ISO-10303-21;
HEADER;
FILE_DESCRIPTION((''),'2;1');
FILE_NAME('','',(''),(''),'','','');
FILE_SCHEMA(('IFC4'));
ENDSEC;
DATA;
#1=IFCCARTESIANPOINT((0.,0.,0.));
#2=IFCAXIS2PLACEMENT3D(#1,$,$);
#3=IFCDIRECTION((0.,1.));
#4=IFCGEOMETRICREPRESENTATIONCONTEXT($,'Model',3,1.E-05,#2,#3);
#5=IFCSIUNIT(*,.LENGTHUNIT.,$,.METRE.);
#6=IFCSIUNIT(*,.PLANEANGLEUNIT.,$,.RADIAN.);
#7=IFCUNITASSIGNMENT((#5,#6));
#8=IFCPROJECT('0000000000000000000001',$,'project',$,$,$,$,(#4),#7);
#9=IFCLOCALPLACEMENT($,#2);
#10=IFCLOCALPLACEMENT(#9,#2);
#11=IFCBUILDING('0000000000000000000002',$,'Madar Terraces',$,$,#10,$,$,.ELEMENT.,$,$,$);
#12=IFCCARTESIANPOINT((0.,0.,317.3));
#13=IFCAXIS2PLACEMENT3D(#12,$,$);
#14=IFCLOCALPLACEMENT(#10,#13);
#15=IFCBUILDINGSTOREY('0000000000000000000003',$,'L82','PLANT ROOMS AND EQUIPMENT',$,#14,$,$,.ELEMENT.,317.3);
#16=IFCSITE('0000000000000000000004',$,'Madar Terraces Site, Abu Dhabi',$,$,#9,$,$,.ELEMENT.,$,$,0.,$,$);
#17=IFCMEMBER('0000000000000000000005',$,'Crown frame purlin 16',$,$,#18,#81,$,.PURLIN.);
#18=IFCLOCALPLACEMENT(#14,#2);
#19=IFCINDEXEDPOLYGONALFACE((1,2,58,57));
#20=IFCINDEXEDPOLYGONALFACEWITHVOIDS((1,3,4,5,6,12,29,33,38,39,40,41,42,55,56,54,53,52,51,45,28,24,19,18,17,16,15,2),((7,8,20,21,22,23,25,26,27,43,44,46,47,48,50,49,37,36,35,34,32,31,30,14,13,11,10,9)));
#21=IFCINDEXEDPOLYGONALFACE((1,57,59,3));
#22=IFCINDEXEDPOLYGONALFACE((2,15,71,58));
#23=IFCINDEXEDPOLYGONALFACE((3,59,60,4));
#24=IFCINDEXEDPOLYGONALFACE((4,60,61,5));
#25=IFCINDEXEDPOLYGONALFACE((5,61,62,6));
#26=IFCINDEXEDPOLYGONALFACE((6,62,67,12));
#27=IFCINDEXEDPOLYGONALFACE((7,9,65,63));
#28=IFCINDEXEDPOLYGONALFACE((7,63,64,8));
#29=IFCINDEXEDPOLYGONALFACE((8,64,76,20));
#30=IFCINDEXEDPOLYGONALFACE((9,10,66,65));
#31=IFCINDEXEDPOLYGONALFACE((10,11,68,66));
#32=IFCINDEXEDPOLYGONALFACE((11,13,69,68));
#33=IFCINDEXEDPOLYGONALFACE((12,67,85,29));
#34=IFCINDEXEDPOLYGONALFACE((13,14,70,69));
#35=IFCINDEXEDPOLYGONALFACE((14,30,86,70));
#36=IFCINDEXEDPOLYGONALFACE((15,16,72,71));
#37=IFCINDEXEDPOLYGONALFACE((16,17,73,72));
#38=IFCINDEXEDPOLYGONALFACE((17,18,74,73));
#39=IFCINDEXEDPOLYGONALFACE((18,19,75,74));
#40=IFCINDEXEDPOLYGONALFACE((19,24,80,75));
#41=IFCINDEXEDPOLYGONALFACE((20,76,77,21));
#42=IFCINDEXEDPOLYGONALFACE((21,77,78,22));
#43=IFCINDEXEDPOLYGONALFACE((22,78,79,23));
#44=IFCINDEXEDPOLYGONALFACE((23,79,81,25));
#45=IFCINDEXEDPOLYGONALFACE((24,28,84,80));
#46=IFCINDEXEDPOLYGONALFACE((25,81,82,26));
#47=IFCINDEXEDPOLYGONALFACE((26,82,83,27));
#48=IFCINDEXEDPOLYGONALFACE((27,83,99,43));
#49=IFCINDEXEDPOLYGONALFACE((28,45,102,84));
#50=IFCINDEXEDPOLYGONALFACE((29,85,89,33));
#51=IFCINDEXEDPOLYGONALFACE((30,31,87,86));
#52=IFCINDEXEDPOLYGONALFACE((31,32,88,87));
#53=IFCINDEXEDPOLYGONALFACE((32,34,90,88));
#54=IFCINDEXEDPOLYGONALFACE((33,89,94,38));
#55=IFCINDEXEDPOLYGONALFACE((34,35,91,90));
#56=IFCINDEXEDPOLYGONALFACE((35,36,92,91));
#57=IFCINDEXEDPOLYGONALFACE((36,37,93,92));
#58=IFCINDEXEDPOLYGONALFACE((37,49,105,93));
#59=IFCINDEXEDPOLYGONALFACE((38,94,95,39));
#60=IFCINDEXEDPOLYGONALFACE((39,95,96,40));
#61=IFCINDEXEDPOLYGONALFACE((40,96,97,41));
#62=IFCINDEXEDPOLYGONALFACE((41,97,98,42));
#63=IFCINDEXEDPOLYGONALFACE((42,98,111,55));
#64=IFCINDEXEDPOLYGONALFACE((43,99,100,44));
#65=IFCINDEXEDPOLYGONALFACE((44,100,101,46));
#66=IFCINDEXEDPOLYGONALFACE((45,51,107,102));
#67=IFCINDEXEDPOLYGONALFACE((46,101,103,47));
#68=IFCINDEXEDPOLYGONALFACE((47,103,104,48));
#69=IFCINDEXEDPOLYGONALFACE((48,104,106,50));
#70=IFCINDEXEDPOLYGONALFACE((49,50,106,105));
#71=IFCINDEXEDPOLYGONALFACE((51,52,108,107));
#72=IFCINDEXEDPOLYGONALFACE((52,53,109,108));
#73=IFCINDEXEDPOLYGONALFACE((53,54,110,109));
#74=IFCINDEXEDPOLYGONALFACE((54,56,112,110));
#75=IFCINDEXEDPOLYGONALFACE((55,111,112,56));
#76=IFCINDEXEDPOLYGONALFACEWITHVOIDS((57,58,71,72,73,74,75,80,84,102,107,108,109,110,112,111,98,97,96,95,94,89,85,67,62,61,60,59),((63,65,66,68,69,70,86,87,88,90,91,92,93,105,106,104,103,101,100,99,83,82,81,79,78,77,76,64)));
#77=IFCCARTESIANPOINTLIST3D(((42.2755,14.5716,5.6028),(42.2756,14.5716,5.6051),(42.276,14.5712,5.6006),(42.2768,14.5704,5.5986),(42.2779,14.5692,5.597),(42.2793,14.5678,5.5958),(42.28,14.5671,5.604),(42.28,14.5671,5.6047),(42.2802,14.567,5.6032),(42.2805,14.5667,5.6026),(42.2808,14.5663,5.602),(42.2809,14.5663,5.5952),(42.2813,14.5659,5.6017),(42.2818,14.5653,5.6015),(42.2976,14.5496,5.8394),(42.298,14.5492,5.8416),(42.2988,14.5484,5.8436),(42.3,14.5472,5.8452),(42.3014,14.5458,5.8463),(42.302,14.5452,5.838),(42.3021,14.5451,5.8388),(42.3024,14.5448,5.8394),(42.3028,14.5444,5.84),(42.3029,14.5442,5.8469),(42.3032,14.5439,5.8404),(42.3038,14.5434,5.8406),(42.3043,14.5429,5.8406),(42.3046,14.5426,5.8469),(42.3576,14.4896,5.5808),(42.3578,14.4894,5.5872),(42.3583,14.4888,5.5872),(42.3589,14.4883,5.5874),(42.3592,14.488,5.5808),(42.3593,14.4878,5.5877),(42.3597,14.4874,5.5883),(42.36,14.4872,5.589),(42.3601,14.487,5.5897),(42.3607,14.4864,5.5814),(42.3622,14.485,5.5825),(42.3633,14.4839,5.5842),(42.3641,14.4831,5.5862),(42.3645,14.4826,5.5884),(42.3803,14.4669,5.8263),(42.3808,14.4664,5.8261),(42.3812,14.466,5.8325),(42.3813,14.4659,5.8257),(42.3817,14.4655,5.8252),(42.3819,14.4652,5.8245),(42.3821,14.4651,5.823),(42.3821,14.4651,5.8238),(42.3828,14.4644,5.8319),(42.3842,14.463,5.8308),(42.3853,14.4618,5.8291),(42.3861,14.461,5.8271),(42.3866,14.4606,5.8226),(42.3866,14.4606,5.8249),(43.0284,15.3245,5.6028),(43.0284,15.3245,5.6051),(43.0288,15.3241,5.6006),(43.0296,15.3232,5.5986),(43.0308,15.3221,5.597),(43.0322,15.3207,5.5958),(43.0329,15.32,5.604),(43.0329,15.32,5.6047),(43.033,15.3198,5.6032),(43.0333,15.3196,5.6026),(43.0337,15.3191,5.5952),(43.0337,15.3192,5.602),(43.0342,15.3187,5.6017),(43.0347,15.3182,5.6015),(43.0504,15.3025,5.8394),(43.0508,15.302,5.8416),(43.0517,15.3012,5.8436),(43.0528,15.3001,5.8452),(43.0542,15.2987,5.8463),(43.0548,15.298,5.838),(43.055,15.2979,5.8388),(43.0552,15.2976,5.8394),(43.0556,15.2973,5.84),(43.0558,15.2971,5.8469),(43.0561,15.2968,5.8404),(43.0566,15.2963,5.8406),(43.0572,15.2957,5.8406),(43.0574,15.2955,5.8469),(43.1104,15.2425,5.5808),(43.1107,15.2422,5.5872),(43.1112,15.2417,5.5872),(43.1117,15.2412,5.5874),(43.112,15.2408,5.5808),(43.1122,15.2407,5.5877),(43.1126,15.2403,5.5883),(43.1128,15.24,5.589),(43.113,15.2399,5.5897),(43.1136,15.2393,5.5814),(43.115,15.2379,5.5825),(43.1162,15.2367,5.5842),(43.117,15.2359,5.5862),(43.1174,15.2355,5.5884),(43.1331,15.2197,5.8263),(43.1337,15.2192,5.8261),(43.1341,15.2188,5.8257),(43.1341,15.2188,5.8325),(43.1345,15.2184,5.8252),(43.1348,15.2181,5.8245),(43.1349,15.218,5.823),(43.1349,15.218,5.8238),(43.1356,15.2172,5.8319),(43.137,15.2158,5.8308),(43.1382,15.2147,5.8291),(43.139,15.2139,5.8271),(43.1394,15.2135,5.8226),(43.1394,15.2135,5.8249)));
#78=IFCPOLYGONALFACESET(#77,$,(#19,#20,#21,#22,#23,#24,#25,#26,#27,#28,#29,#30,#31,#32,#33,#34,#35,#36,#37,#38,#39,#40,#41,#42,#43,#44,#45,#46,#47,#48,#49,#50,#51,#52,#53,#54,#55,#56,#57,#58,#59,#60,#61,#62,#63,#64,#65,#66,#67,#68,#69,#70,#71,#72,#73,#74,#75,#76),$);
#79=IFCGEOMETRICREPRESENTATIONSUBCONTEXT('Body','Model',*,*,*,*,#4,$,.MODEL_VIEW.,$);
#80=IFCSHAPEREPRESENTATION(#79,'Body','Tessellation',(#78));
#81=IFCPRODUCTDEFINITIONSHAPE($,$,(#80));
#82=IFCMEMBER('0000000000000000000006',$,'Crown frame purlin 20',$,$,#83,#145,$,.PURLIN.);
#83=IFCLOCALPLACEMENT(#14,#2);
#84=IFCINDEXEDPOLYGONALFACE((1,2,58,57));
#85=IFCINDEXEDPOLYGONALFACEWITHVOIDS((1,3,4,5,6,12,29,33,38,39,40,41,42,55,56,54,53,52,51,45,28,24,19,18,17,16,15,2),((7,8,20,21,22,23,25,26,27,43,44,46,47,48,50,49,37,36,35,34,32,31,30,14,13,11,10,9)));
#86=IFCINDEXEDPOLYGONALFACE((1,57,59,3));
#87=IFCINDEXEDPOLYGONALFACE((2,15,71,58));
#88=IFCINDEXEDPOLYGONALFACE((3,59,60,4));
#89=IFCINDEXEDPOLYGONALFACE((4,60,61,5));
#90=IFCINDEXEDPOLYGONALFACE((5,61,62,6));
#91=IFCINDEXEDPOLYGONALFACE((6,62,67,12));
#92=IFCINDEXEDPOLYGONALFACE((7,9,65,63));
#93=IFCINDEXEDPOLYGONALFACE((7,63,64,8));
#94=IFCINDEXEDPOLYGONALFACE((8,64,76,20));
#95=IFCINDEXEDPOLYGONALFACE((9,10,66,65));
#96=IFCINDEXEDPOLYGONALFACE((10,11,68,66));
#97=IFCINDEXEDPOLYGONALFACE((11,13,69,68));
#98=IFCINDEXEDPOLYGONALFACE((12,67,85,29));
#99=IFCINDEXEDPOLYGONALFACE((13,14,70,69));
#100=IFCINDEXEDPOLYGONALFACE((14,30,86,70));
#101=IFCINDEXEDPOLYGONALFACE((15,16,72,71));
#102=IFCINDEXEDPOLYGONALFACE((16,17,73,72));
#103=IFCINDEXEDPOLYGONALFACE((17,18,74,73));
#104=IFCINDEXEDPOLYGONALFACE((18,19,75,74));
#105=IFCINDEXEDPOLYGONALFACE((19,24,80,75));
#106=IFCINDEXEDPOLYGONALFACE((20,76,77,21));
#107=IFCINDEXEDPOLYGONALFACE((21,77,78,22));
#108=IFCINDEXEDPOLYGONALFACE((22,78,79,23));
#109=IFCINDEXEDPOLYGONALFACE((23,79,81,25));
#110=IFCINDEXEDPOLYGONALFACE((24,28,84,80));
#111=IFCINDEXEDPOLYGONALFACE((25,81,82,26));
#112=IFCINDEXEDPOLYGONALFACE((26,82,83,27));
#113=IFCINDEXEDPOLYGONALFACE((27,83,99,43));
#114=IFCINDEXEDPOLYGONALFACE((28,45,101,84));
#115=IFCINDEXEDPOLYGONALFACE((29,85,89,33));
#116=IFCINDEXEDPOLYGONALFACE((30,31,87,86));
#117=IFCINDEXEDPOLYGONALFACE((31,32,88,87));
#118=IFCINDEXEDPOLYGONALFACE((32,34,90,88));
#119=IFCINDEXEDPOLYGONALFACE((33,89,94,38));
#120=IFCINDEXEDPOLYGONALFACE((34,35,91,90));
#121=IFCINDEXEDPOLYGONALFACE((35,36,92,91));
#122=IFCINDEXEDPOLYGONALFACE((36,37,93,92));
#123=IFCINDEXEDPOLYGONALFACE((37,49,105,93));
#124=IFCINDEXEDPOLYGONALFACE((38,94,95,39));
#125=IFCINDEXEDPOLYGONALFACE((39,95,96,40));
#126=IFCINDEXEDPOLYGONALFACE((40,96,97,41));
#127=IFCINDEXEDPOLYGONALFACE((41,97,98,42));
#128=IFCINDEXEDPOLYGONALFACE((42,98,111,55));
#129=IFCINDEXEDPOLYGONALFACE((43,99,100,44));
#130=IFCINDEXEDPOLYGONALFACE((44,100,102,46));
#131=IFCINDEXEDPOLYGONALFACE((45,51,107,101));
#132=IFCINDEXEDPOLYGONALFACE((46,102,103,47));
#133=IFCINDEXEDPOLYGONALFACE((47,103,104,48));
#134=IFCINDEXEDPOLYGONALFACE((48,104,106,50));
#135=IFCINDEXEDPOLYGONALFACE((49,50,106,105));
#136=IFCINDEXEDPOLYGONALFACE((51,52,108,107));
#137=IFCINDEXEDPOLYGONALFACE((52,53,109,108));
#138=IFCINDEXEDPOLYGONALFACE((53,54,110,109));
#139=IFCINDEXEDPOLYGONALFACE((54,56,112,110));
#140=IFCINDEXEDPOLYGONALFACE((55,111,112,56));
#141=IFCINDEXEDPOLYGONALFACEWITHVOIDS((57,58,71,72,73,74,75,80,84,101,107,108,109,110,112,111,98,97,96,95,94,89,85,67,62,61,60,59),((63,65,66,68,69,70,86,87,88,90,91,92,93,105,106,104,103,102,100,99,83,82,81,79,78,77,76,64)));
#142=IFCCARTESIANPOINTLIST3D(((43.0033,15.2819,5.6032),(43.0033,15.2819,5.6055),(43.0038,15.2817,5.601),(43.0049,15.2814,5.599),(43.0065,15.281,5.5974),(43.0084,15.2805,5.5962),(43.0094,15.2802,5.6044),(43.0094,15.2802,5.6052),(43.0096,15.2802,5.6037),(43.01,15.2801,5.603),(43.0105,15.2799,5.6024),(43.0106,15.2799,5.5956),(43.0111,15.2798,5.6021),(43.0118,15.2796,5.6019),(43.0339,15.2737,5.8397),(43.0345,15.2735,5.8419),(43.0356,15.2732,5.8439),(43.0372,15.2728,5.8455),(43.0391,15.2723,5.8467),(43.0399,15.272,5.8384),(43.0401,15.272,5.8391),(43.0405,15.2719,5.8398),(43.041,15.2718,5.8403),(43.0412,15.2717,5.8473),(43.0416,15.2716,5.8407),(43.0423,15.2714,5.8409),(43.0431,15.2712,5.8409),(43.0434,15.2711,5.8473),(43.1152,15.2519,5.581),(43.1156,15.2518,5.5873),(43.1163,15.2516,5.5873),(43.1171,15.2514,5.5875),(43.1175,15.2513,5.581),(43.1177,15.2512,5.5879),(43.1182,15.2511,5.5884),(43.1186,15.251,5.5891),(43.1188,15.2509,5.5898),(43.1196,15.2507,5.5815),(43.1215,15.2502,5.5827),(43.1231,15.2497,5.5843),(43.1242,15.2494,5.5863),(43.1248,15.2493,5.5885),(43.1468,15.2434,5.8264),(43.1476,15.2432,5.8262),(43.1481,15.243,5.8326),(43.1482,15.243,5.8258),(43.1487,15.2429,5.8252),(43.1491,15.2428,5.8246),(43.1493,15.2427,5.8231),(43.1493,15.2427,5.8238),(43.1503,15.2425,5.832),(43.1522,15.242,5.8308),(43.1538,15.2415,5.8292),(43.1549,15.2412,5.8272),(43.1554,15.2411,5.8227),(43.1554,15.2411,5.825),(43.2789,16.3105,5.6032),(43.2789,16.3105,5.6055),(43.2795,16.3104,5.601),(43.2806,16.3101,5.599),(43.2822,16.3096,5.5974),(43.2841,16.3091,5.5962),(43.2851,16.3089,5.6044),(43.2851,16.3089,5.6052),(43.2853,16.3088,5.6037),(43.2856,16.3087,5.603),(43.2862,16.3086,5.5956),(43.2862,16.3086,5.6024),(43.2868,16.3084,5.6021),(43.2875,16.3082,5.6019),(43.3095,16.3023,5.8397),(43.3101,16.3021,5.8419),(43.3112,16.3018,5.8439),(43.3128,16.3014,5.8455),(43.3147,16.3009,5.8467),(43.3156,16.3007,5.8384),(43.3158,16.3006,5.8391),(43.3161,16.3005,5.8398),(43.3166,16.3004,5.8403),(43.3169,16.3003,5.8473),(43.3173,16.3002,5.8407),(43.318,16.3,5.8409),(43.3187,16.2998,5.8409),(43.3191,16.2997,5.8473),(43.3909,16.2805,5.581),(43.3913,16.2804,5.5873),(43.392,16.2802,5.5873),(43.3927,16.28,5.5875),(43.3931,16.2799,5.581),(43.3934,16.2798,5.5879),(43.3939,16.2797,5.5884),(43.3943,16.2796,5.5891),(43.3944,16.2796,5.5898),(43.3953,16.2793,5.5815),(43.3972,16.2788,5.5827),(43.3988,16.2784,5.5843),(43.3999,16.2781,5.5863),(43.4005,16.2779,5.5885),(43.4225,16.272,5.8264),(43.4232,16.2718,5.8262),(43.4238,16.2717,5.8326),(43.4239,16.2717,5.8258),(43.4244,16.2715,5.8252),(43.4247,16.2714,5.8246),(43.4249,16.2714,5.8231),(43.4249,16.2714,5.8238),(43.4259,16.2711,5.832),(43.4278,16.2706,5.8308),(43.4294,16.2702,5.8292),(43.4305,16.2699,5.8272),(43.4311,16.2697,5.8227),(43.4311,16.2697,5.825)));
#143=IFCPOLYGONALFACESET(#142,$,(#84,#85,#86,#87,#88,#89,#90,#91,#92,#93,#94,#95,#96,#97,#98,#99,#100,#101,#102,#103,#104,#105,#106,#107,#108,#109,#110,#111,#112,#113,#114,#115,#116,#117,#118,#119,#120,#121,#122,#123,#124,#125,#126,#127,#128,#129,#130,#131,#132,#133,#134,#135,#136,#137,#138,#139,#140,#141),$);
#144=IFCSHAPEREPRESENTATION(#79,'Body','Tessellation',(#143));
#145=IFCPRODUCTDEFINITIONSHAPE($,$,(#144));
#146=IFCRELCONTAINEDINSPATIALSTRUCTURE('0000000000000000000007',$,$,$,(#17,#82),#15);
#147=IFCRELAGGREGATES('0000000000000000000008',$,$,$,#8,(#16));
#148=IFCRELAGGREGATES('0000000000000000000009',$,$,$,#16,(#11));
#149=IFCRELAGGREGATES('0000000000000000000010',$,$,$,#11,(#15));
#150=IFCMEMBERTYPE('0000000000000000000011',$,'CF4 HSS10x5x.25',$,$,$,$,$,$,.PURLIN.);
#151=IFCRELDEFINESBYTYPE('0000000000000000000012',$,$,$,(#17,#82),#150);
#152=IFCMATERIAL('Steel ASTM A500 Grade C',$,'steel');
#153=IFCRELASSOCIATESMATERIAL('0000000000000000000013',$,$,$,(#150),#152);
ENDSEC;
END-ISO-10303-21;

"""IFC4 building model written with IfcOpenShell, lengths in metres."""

from ifc_helpers import new_model, si_unit, direction, frame, origin, origin_2d, place, context, subcontext, project, spatial, hollow_rectangle, extrude, material, material_profile, profile_set, type_object, element, save


model = new_model("IFC4")

# Units and contexts
model_context = context("Model", 3, precision=1e-05, world=origin(), true_north=direction((0.0, 1.0)))
body_context = subcontext(model_context, "Body", "Model", "MODEL_VIEW")
ifc_project = project(units=[si_unit("LENGTHUNIT", "METRE"), si_unit("PLANEANGLEUNIT", "RADIAN")], contexts=[model_context])

# Site, building, storey
site_placement = place(None, origin())
site = spatial("IfcSite", under=ifc_project, at=site_placement, Name="Madar Terraces Site, Abu Dhabi", CompositionType="ELEMENT", RefElevation=0.0)
building_placement = place(site_placement, origin())
building = spatial("IfcBuilding", under=site, at=building_placement, Name="Madar Terraces", CompositionType="ELEMENT")
storey_placement = place(building_placement, frame((0.0, 0.0, 317.3)))
storey = spatial("IfcBuildingStorey", under=building, at=storey_placement, Name="L82", Description="PLANT ROOMS AND EQUIPMENT", CompositionType="ELEMENT", Elevation=317.3)

# Members
ifc_material_1 = material(Name="Steel ASTM A500 Grade C", Category="steel")
ifc_material_profile_1 = material_profile(ifc_material_1, hollow_rectangle(XDim=0.127, YDim=0.2539, WallThickness=0.0063, InnerFilletRadius=0.0029, OuterFilletRadius=0.0088, at=origin_2d()), Name="HSS10x5x.25")
ifc_profile_set_1 = profile_set([ifc_material_profile_1], Name="Steel ASTM A500 Grade C")
member_type = type_object("IfcMemberType", Name="CF4 HSS10x5x.25", PredefinedType="PURLIN", material=ifc_profile_set_1)
for number, where, z_axis, x_axis, name in (
    (1, (42.3311, 14.5161, 5.7139), (0.707107, 0.707107, 0.0), (-0.700941, 0.700941, 0.131765), "Crown frame purlin 16"),
):
    element("IfcMember", number, at=place(storey_placement, frame(where, z_axis=z_axis, x_axis=x_axis)), inside=storey, type_object=member_type, Name=name, PredefinedType="PURLIN", context=body_context, shape_type="SweptSolid", body=[
        extrude(hollow_rectangle(XDim=0.127, YDim=0.2539, WallThickness=0.0063, InnerFilletRadius=0.0029, OuterFilletRadius=0.0088, at=origin_2d()), origin(), (0.0, 0.0, 1.0), 1.0647),
    ])
member_1_placement = place(storey_placement, frame((43.0793, 15.2615, 5.7141), z_axis=(0.258847, 0.965918, 0.0), x_axis=(-0.957196, 0.256509, 0.134086)))
element("IfcMember", 2, at=member_1_placement, inside=storey, type_object=member_type, Name="Crown frame purlin 20", PredefinedType="PURLIN", context=body_context, shape_type="SweptSolid", body=[
    extrude(hollow_rectangle(XDim=0.127, YDim=0.2539, WallThickness=0.0063, InnerFilletRadius=0.0029, OuterFilletRadius=0.0088, at=origin_2d()), origin(), (0.0, 0.0, 1.0), 1.0649),
])

save(model, "model.ifc")
